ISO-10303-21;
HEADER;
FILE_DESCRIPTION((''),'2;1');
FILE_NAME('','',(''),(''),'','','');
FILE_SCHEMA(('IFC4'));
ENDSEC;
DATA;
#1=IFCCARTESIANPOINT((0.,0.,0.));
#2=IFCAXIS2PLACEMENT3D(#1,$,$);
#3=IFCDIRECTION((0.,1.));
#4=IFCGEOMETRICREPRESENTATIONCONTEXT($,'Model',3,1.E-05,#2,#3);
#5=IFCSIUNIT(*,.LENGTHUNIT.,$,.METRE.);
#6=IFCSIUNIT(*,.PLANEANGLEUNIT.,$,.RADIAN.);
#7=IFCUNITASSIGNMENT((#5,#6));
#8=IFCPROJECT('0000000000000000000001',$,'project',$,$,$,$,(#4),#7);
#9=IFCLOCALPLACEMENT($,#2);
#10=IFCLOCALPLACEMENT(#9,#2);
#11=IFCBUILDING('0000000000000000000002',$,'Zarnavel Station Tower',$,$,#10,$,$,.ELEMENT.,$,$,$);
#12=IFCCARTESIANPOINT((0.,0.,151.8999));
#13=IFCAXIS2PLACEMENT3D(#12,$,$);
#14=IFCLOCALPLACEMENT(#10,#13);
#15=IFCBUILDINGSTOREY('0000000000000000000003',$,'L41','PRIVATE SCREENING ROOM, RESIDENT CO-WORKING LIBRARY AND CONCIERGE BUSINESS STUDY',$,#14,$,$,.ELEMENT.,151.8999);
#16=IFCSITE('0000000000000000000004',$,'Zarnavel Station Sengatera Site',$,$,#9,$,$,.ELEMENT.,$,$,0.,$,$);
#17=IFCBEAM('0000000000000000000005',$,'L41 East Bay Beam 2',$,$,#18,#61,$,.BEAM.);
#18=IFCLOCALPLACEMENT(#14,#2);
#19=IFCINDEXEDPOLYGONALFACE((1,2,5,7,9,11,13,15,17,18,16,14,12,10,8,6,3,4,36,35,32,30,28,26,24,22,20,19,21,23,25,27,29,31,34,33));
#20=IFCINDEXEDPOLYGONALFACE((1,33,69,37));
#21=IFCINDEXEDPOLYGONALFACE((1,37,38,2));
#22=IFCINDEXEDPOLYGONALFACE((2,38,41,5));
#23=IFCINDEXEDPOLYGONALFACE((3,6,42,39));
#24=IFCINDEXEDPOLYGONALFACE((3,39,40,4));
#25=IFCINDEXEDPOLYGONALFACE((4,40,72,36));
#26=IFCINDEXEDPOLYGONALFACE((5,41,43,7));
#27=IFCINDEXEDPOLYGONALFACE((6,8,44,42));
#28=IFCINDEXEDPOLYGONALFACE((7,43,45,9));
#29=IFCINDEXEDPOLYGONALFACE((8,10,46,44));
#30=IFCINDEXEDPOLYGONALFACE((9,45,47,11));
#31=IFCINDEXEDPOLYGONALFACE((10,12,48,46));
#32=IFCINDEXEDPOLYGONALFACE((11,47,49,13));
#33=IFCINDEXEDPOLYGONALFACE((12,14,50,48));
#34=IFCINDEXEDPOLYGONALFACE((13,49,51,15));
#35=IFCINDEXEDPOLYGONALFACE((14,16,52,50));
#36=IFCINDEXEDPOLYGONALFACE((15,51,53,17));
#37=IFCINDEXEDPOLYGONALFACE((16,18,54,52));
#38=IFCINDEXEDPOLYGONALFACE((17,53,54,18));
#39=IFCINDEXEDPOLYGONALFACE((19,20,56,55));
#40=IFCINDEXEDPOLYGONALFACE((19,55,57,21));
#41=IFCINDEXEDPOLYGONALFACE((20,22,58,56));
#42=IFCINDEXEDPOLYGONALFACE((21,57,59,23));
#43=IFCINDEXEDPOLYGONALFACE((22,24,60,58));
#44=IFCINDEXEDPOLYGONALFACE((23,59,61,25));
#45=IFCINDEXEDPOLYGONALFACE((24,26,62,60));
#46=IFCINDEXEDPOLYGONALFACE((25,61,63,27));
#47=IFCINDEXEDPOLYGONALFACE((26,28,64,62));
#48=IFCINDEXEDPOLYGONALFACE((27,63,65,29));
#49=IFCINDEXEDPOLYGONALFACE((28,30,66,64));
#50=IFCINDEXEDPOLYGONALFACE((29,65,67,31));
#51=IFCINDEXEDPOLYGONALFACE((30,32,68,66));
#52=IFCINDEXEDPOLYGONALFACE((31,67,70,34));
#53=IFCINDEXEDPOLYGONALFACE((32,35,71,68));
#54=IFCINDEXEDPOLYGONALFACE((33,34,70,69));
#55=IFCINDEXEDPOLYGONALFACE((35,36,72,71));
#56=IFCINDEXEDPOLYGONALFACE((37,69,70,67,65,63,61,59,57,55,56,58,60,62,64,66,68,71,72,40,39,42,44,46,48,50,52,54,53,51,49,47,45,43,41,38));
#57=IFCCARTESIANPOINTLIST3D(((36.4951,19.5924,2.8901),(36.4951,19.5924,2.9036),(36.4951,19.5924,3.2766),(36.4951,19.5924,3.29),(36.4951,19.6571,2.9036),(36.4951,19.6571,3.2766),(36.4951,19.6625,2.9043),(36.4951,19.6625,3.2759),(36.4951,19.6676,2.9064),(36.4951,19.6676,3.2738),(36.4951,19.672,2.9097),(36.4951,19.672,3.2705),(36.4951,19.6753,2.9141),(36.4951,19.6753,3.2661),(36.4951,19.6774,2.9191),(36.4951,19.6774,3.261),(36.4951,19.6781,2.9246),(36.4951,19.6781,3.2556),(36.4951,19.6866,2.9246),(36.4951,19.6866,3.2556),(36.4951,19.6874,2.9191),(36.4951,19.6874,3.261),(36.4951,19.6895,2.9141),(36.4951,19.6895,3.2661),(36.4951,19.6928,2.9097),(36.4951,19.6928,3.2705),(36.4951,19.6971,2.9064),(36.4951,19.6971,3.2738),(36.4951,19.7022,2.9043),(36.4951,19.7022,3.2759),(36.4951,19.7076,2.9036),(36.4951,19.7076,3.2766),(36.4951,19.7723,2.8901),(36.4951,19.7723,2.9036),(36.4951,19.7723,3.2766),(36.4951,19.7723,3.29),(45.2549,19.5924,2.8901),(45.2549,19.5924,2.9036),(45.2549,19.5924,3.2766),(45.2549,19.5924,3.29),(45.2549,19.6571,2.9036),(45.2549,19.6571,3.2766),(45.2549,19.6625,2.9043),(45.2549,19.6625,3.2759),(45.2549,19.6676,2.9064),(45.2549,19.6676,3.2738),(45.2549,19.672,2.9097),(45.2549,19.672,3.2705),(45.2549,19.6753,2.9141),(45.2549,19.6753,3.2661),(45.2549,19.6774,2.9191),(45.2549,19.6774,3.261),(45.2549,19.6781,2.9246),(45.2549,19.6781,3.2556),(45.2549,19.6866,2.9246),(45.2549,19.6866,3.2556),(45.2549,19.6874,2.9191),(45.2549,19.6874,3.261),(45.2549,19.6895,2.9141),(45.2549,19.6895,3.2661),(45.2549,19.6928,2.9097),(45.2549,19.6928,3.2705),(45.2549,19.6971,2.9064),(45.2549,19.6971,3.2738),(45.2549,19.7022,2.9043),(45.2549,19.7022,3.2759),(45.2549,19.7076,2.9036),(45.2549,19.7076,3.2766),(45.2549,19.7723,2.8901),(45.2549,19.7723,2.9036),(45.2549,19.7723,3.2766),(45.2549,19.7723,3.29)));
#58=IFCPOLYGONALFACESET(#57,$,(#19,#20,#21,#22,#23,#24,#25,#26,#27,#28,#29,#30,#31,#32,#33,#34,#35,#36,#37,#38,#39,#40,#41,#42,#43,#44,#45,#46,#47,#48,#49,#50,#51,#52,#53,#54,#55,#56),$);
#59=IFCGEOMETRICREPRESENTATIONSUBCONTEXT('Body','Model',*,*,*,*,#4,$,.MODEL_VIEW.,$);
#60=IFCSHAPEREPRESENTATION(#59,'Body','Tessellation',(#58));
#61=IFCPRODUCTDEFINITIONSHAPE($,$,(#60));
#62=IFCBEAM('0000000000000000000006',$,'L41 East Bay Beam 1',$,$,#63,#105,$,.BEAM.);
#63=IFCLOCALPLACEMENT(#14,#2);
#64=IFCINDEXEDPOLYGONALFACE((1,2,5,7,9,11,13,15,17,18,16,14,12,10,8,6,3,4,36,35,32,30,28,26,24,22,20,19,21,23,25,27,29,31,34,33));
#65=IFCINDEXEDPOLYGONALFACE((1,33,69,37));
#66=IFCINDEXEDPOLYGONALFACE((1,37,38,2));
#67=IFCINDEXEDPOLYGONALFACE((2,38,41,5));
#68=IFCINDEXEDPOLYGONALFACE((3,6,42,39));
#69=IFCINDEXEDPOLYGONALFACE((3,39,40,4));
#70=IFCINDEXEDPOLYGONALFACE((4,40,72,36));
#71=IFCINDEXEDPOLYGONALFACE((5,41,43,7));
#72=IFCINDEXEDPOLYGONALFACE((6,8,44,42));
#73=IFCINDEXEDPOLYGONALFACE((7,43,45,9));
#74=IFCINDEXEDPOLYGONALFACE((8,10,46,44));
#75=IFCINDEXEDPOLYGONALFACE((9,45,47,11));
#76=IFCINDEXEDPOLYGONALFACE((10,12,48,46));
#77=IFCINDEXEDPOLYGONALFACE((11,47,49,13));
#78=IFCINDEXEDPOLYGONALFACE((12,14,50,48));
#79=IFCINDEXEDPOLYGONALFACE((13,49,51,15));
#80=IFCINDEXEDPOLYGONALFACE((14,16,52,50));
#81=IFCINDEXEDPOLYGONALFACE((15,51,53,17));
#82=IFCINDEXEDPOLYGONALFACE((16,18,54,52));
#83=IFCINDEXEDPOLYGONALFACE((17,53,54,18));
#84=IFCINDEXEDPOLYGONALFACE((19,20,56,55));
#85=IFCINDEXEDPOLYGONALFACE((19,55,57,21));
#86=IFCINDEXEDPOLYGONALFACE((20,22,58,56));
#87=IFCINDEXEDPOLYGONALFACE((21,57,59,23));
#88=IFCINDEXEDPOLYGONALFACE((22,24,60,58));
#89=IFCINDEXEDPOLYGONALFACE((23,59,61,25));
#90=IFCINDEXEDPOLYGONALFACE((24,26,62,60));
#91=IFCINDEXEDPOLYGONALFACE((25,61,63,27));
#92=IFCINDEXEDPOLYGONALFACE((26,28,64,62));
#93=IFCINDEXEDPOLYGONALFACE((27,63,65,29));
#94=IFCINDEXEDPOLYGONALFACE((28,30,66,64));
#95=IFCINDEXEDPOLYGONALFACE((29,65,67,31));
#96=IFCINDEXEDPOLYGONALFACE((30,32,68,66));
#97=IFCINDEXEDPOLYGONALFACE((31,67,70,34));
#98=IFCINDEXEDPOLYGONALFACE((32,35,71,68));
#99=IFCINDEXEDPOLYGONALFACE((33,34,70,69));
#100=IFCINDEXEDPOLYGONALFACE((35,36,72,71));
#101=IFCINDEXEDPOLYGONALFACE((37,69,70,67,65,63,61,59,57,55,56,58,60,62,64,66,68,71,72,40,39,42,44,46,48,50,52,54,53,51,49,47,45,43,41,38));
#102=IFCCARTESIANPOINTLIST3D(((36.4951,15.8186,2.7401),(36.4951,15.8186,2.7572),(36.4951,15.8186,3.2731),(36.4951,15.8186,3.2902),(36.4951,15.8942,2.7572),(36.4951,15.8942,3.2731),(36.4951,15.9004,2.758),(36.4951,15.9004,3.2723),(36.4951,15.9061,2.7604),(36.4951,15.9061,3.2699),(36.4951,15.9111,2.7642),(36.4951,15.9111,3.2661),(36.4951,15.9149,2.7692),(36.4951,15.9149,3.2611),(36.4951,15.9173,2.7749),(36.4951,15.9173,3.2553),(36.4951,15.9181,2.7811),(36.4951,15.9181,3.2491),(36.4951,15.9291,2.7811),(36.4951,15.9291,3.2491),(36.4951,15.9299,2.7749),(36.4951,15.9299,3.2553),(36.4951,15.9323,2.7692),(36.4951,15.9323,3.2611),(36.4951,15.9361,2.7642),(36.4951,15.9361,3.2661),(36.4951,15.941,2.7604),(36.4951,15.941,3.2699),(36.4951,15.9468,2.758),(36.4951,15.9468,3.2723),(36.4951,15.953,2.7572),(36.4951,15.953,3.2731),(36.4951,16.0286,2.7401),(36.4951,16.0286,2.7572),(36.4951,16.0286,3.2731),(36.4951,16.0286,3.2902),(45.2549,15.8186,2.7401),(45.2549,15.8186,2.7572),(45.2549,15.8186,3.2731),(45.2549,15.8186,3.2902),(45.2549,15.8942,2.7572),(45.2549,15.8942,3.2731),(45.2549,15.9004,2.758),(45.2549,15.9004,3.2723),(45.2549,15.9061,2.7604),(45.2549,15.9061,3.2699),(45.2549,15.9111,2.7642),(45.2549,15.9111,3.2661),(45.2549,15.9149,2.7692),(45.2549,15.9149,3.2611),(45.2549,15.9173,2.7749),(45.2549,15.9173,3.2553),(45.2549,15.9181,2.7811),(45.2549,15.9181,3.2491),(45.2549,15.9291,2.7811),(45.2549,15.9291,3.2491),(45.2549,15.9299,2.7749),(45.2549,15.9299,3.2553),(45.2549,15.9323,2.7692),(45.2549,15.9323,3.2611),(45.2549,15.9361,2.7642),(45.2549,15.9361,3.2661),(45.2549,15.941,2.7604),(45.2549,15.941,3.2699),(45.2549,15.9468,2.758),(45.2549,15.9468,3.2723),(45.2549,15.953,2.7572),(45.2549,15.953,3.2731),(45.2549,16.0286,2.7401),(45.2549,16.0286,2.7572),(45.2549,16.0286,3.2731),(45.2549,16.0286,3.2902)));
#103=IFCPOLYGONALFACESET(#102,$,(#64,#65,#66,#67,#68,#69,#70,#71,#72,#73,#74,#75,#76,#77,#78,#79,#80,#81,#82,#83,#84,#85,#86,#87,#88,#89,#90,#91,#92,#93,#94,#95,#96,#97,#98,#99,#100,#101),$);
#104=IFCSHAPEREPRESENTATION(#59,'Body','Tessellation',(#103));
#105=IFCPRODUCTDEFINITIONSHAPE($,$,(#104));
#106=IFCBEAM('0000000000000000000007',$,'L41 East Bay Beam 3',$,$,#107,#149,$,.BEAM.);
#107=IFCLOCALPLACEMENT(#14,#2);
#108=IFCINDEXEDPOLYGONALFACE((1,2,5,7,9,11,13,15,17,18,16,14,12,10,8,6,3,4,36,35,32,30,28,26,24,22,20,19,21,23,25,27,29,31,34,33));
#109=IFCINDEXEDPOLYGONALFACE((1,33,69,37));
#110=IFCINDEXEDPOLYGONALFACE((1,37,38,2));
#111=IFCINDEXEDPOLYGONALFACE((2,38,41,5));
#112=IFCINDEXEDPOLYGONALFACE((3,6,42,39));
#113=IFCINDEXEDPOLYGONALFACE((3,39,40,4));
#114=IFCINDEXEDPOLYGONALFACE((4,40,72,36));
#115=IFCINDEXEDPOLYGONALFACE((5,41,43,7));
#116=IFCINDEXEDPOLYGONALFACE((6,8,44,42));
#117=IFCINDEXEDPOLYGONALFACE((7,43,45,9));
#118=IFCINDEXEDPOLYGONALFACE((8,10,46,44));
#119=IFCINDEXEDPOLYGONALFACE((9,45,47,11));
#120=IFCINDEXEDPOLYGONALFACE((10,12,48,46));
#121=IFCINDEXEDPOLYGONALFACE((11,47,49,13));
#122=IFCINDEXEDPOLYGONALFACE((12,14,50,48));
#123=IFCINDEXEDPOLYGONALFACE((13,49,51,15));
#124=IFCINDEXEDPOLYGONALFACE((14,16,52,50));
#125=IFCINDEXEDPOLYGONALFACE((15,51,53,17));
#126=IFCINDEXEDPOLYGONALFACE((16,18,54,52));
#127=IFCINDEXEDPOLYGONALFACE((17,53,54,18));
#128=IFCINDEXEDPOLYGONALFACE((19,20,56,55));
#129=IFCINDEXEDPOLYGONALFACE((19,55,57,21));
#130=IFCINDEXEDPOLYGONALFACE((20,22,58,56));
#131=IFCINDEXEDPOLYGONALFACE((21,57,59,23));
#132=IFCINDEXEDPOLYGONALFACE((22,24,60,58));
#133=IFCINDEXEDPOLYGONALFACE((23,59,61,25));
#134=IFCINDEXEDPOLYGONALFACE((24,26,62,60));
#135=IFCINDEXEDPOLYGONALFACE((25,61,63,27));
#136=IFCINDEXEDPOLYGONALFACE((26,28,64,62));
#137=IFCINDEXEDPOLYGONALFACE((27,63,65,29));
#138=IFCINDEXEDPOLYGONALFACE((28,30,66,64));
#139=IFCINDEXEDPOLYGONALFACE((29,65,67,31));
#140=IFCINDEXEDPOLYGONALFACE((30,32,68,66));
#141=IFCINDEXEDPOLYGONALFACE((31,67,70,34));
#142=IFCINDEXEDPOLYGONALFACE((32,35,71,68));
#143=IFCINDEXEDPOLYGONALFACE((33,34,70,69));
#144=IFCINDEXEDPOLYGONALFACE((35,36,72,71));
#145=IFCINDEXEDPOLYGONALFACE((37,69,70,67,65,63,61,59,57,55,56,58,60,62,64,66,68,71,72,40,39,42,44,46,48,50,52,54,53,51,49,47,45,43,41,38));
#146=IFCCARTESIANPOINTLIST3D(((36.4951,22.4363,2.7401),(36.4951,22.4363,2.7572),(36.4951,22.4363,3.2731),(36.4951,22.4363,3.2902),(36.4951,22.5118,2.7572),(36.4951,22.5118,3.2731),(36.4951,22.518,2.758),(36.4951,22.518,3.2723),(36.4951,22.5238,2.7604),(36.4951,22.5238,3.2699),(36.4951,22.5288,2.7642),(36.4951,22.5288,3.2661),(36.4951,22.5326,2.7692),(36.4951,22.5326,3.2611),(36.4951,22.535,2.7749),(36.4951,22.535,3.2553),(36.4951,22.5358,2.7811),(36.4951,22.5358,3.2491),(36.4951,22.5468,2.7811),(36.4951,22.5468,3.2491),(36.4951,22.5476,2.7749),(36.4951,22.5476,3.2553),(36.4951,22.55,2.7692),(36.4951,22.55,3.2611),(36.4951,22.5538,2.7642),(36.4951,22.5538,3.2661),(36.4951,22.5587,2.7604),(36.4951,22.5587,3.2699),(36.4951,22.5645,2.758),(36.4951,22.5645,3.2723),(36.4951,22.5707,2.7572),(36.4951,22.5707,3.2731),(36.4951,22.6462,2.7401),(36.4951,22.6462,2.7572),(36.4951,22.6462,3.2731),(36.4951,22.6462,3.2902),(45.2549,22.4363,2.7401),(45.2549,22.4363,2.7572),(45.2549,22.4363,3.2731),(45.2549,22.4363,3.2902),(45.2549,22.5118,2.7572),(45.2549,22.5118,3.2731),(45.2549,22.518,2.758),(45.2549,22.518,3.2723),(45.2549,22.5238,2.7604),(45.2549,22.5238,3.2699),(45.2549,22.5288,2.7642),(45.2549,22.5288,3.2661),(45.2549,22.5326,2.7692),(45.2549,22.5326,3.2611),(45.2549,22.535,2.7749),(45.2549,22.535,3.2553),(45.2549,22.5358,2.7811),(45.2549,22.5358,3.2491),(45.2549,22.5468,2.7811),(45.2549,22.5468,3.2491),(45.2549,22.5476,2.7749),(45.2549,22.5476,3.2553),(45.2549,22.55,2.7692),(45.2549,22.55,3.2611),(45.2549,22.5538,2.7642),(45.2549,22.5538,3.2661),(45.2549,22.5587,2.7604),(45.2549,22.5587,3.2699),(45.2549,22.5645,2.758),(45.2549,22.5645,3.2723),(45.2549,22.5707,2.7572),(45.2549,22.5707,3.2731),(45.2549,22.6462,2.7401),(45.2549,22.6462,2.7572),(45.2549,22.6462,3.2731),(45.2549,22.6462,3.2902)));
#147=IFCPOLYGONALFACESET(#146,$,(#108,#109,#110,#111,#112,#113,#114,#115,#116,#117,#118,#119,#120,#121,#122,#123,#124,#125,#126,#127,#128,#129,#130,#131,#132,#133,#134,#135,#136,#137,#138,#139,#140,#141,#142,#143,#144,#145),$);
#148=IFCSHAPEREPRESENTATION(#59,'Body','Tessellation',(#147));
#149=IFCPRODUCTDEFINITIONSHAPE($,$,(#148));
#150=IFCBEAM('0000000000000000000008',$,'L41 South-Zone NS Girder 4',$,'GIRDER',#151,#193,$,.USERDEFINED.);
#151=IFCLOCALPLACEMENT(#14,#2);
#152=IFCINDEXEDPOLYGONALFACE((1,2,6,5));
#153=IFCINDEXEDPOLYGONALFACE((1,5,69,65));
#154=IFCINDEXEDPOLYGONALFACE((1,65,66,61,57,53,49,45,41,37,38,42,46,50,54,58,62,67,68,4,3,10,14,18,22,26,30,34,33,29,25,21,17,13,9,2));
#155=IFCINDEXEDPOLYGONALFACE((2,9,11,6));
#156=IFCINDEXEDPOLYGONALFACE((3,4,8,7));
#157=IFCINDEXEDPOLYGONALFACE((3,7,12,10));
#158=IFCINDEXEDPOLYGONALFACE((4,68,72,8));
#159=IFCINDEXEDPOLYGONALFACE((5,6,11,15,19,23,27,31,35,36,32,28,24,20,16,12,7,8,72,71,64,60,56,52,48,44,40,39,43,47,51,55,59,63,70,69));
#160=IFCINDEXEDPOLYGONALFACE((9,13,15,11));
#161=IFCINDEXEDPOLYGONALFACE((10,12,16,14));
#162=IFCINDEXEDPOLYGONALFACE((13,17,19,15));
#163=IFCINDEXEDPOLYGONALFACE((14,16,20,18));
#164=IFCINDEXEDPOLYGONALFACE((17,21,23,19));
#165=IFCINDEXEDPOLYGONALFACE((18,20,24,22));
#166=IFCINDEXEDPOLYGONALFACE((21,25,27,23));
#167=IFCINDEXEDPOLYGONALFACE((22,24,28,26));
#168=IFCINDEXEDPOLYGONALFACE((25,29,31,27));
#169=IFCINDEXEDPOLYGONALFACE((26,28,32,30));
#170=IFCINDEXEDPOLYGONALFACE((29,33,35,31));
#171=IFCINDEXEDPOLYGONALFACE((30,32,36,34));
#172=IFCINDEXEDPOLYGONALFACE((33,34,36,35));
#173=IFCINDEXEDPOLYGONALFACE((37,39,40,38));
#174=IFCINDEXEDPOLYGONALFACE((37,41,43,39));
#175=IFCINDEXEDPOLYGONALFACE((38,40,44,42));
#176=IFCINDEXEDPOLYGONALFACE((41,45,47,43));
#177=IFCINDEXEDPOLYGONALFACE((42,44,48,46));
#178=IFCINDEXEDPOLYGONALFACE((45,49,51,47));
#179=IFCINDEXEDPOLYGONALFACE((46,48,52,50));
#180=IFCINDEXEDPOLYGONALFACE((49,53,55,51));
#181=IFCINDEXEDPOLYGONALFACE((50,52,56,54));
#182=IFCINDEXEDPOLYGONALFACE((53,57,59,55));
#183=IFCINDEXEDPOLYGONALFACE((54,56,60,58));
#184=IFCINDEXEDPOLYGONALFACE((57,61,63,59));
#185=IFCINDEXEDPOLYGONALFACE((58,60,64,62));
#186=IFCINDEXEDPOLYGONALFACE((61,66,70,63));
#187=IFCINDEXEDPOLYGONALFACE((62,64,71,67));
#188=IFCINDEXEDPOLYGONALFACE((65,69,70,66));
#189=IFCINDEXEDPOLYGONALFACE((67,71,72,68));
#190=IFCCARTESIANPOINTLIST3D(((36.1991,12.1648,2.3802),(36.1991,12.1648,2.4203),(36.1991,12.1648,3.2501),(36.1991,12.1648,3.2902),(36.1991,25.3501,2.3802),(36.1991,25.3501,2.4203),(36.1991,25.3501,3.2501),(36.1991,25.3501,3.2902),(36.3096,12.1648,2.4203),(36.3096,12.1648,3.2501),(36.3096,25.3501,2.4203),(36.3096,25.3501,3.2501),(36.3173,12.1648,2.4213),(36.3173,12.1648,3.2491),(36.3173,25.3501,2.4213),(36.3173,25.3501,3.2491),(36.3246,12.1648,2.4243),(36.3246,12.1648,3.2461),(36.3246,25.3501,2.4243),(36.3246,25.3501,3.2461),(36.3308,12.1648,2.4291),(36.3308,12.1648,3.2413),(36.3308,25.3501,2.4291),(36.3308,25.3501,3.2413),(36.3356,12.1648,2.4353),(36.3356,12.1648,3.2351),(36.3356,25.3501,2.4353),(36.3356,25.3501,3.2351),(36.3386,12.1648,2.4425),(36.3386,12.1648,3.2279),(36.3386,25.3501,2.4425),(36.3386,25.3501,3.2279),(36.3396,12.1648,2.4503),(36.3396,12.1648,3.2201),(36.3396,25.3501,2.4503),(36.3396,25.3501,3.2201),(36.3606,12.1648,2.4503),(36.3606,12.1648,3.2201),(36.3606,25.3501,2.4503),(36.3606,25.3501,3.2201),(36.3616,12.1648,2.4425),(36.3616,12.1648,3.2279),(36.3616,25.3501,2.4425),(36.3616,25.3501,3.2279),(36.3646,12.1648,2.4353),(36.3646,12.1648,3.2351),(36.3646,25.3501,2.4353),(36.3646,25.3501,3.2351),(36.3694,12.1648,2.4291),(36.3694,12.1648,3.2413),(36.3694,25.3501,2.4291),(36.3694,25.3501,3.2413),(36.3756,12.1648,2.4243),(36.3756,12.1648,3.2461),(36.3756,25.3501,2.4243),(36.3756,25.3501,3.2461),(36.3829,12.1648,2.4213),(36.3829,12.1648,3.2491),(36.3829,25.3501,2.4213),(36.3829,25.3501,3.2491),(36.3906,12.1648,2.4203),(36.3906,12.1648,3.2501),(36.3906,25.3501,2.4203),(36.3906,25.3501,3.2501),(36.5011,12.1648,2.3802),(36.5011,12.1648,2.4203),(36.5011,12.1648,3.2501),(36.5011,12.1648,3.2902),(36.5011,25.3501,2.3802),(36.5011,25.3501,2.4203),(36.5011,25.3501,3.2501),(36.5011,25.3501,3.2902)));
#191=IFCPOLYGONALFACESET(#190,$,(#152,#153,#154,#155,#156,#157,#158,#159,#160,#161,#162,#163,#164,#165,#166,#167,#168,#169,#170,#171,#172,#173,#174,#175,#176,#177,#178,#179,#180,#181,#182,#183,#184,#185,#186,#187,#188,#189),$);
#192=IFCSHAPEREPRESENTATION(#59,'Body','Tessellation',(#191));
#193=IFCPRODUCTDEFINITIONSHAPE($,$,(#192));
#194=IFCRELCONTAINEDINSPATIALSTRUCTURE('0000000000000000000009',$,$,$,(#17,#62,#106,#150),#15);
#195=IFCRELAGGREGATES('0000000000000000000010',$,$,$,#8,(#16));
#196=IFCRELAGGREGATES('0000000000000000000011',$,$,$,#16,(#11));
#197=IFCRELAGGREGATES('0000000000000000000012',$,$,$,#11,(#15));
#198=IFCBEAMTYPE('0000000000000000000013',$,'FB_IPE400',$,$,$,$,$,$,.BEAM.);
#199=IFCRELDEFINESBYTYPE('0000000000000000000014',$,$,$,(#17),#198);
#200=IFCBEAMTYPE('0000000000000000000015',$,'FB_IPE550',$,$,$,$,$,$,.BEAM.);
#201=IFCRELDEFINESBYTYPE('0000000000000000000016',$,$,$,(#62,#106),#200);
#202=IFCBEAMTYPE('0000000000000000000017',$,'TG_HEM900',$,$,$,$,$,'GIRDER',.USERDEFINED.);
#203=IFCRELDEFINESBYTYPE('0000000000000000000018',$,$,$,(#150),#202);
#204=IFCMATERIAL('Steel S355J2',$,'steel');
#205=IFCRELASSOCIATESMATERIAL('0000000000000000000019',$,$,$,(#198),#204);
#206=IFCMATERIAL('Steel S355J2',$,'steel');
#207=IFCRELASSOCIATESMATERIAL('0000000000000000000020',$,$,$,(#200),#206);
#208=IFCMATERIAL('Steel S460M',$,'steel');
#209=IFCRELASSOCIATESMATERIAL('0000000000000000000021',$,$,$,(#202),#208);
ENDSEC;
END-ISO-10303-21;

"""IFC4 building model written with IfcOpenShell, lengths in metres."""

from ifc_helpers import new_model, si_unit, direction, frame, origin, origin_2d, place, context, subcontext, project, spatial, i_section, extrude, material, material_profile, profile_set, type_object, element, save


model = new_model("IFC4")

# Units and contexts
model_context = context("Model", 3, precision=1e-05, world=origin(), true_north=direction((0.0, 1.0)))
body_context = subcontext(model_context, "Body", "Model", "MODEL_VIEW")
ifc_project = project(units=[si_unit("LENGTHUNIT", "METRE"), si_unit("PLANEANGLEUNIT", "RADIAN")], contexts=[model_context])

# Site, building, storey
site_placement = place(None, origin())
site = spatial("IfcSite", under=ifc_project, at=site_placement, Name="Zarnavel Station Sengatera Site", CompositionType="ELEMENT", RefElevation=0.0)
building_placement = place(site_placement, origin())
building = spatial("IfcBuilding", under=site, at=building_placement, Name="Zarnavel Station Tower", CompositionType="ELEMENT")
storey_placement = place(building_placement, frame((0.0, 0.0, 151.8999)))
storey = spatial("IfcBuildingStorey", under=building, at=storey_placement, Name="L41", Description="PRIVATE SCREENING ROOM, RESIDENT CO-WORKING LIBRARY AND CONCIERGE BUSINESS STUDY", CompositionType="ELEMENT", Elevation=151.8999)

# Beams
ifc_material_1 = material(Name="Steel S355J2", Category="steel")
ifc_material_profile_1 = material_profile(ifc_material_1, i_section(OverallWidth=0.1799, OverallDepth=0.3999, WebThickness=0.0085, FlangeThickness=0.0134, FilletRadius=0.021, at=origin_2d()), Name="IPE400")
ifc_profile_set_1 = profile_set([ifc_material_profile_1], Name="Steel S355J2")
beam_type_1 = type_object("IfcBeamType", Name="FB_IPE400", PredefinedType="BEAM", material=ifc_profile_set_1)
beam_1_placement = place(storey_placement, frame((36.4951, 19.6824, 3.0901), z_axis=(1.0, 0.0, 0.0), x_axis=(0.0, 1.0, 0.0)))
element("IfcBeam", 1, at=beam_1_placement, inside=storey, type_object=beam_type_1, Name="L41 East Bay Beam 2", PredefinedType="BEAM", context=body_context, shape_type="SweptSolid", body=[
    extrude(i_section(OverallWidth=0.1799, OverallDepth=0.3999, WebThickness=0.0085, FlangeThickness=0.0134, FilletRadius=0.021, at=origin_2d()), origin(), (0.0, 0.0, 1.0), 8.7598),
])
ifc_material_2 = material(Name="Steel S355J2", Category="steel")
ifc_material_profile_2 = material_profile(ifc_material_2, i_section(OverallWidth=0.21, OverallDepth=0.55, WebThickness=0.011, FlangeThickness=0.0171, FilletRadius=0.0239, at=origin_2d()), Name="IPE550")
ifc_profile_set_2 = profile_set([ifc_material_profile_2], Name="Steel S355J2")
beam_type_2 = type_object("IfcBeamType", Name="FB_IPE550", PredefinedType="BEAM", material=ifc_profile_set_2)
for number, where, z_axis, x_axis, name in (
    (2, (36.4951, 15.9236, 3.0151), (1.0, 0.0, 0.0), (0.0, 1.0, 0.0), "L41 East Bay Beam 1"),
    (3, (36.4951, 22.5413, 3.0151), (1.0, 0.0, 0.0), (0.0, 1.0, 0.0), "L41 East Bay Beam 3"),
):
    element("IfcBeam", number, at=place(storey_placement, frame(where, z_axis=z_axis, x_axis=x_axis)), inside=storey, type_object=beam_type_2, Name=name, PredefinedType="BEAM", context=body_context, shape_type="SweptSolid", body=[
        extrude(i_section(OverallWidth=0.21, OverallDepth=0.55, WebThickness=0.011, FlangeThickness=0.0171, FilletRadius=0.0239, at=origin_2d()), origin(), (0.0, 0.0, 1.0), 8.7598),
    ])
ifc_material_3 = material(Name="Steel S460M", Category="steel")
ifc_material_profile_3 = material_profile(ifc_material_3, i_section(OverallWidth=0.302, OverallDepth=0.9099, WebThickness=0.021, FlangeThickness=0.04, FilletRadius=0.03, at=origin_2d()), Name="HEM900")
ifc_profile_set_3 = profile_set([ifc_material_profile_3], Name="Steel S460M")
beam_type_3 = type_object("IfcBeamType", Name="TG_HEM900", ElementType="GIRDER", PredefinedType="USERDEFINED", material=ifc_profile_set_3)
for number, where, z_axis, x_axis, name in (
    (4, (36.3501, 12.1648, 2.8352), (0.0, 1.0, 0.0), (-1.0, 0.0, 0.0), "L41 South-Zone NS Girder 4"),
):
    element("IfcBeam", number, at=place(storey_placement, frame(where, z_axis=z_axis, x_axis=x_axis)), inside=storey, type_object=beam_type_3, Name=name, ObjectType="GIRDER", PredefinedType="USERDEFINED", context=body_context, shape_type="SweptSolid", body=[
        extrude(i_section(OverallWidth=0.302, OverallDepth=0.9099, WebThickness=0.021, FlangeThickness=0.04, FilletRadius=0.03, at=origin_2d()), origin(), (0.0, 0.0, 1.0), 13.1853),
    ])

save(model, "model.ifc")
